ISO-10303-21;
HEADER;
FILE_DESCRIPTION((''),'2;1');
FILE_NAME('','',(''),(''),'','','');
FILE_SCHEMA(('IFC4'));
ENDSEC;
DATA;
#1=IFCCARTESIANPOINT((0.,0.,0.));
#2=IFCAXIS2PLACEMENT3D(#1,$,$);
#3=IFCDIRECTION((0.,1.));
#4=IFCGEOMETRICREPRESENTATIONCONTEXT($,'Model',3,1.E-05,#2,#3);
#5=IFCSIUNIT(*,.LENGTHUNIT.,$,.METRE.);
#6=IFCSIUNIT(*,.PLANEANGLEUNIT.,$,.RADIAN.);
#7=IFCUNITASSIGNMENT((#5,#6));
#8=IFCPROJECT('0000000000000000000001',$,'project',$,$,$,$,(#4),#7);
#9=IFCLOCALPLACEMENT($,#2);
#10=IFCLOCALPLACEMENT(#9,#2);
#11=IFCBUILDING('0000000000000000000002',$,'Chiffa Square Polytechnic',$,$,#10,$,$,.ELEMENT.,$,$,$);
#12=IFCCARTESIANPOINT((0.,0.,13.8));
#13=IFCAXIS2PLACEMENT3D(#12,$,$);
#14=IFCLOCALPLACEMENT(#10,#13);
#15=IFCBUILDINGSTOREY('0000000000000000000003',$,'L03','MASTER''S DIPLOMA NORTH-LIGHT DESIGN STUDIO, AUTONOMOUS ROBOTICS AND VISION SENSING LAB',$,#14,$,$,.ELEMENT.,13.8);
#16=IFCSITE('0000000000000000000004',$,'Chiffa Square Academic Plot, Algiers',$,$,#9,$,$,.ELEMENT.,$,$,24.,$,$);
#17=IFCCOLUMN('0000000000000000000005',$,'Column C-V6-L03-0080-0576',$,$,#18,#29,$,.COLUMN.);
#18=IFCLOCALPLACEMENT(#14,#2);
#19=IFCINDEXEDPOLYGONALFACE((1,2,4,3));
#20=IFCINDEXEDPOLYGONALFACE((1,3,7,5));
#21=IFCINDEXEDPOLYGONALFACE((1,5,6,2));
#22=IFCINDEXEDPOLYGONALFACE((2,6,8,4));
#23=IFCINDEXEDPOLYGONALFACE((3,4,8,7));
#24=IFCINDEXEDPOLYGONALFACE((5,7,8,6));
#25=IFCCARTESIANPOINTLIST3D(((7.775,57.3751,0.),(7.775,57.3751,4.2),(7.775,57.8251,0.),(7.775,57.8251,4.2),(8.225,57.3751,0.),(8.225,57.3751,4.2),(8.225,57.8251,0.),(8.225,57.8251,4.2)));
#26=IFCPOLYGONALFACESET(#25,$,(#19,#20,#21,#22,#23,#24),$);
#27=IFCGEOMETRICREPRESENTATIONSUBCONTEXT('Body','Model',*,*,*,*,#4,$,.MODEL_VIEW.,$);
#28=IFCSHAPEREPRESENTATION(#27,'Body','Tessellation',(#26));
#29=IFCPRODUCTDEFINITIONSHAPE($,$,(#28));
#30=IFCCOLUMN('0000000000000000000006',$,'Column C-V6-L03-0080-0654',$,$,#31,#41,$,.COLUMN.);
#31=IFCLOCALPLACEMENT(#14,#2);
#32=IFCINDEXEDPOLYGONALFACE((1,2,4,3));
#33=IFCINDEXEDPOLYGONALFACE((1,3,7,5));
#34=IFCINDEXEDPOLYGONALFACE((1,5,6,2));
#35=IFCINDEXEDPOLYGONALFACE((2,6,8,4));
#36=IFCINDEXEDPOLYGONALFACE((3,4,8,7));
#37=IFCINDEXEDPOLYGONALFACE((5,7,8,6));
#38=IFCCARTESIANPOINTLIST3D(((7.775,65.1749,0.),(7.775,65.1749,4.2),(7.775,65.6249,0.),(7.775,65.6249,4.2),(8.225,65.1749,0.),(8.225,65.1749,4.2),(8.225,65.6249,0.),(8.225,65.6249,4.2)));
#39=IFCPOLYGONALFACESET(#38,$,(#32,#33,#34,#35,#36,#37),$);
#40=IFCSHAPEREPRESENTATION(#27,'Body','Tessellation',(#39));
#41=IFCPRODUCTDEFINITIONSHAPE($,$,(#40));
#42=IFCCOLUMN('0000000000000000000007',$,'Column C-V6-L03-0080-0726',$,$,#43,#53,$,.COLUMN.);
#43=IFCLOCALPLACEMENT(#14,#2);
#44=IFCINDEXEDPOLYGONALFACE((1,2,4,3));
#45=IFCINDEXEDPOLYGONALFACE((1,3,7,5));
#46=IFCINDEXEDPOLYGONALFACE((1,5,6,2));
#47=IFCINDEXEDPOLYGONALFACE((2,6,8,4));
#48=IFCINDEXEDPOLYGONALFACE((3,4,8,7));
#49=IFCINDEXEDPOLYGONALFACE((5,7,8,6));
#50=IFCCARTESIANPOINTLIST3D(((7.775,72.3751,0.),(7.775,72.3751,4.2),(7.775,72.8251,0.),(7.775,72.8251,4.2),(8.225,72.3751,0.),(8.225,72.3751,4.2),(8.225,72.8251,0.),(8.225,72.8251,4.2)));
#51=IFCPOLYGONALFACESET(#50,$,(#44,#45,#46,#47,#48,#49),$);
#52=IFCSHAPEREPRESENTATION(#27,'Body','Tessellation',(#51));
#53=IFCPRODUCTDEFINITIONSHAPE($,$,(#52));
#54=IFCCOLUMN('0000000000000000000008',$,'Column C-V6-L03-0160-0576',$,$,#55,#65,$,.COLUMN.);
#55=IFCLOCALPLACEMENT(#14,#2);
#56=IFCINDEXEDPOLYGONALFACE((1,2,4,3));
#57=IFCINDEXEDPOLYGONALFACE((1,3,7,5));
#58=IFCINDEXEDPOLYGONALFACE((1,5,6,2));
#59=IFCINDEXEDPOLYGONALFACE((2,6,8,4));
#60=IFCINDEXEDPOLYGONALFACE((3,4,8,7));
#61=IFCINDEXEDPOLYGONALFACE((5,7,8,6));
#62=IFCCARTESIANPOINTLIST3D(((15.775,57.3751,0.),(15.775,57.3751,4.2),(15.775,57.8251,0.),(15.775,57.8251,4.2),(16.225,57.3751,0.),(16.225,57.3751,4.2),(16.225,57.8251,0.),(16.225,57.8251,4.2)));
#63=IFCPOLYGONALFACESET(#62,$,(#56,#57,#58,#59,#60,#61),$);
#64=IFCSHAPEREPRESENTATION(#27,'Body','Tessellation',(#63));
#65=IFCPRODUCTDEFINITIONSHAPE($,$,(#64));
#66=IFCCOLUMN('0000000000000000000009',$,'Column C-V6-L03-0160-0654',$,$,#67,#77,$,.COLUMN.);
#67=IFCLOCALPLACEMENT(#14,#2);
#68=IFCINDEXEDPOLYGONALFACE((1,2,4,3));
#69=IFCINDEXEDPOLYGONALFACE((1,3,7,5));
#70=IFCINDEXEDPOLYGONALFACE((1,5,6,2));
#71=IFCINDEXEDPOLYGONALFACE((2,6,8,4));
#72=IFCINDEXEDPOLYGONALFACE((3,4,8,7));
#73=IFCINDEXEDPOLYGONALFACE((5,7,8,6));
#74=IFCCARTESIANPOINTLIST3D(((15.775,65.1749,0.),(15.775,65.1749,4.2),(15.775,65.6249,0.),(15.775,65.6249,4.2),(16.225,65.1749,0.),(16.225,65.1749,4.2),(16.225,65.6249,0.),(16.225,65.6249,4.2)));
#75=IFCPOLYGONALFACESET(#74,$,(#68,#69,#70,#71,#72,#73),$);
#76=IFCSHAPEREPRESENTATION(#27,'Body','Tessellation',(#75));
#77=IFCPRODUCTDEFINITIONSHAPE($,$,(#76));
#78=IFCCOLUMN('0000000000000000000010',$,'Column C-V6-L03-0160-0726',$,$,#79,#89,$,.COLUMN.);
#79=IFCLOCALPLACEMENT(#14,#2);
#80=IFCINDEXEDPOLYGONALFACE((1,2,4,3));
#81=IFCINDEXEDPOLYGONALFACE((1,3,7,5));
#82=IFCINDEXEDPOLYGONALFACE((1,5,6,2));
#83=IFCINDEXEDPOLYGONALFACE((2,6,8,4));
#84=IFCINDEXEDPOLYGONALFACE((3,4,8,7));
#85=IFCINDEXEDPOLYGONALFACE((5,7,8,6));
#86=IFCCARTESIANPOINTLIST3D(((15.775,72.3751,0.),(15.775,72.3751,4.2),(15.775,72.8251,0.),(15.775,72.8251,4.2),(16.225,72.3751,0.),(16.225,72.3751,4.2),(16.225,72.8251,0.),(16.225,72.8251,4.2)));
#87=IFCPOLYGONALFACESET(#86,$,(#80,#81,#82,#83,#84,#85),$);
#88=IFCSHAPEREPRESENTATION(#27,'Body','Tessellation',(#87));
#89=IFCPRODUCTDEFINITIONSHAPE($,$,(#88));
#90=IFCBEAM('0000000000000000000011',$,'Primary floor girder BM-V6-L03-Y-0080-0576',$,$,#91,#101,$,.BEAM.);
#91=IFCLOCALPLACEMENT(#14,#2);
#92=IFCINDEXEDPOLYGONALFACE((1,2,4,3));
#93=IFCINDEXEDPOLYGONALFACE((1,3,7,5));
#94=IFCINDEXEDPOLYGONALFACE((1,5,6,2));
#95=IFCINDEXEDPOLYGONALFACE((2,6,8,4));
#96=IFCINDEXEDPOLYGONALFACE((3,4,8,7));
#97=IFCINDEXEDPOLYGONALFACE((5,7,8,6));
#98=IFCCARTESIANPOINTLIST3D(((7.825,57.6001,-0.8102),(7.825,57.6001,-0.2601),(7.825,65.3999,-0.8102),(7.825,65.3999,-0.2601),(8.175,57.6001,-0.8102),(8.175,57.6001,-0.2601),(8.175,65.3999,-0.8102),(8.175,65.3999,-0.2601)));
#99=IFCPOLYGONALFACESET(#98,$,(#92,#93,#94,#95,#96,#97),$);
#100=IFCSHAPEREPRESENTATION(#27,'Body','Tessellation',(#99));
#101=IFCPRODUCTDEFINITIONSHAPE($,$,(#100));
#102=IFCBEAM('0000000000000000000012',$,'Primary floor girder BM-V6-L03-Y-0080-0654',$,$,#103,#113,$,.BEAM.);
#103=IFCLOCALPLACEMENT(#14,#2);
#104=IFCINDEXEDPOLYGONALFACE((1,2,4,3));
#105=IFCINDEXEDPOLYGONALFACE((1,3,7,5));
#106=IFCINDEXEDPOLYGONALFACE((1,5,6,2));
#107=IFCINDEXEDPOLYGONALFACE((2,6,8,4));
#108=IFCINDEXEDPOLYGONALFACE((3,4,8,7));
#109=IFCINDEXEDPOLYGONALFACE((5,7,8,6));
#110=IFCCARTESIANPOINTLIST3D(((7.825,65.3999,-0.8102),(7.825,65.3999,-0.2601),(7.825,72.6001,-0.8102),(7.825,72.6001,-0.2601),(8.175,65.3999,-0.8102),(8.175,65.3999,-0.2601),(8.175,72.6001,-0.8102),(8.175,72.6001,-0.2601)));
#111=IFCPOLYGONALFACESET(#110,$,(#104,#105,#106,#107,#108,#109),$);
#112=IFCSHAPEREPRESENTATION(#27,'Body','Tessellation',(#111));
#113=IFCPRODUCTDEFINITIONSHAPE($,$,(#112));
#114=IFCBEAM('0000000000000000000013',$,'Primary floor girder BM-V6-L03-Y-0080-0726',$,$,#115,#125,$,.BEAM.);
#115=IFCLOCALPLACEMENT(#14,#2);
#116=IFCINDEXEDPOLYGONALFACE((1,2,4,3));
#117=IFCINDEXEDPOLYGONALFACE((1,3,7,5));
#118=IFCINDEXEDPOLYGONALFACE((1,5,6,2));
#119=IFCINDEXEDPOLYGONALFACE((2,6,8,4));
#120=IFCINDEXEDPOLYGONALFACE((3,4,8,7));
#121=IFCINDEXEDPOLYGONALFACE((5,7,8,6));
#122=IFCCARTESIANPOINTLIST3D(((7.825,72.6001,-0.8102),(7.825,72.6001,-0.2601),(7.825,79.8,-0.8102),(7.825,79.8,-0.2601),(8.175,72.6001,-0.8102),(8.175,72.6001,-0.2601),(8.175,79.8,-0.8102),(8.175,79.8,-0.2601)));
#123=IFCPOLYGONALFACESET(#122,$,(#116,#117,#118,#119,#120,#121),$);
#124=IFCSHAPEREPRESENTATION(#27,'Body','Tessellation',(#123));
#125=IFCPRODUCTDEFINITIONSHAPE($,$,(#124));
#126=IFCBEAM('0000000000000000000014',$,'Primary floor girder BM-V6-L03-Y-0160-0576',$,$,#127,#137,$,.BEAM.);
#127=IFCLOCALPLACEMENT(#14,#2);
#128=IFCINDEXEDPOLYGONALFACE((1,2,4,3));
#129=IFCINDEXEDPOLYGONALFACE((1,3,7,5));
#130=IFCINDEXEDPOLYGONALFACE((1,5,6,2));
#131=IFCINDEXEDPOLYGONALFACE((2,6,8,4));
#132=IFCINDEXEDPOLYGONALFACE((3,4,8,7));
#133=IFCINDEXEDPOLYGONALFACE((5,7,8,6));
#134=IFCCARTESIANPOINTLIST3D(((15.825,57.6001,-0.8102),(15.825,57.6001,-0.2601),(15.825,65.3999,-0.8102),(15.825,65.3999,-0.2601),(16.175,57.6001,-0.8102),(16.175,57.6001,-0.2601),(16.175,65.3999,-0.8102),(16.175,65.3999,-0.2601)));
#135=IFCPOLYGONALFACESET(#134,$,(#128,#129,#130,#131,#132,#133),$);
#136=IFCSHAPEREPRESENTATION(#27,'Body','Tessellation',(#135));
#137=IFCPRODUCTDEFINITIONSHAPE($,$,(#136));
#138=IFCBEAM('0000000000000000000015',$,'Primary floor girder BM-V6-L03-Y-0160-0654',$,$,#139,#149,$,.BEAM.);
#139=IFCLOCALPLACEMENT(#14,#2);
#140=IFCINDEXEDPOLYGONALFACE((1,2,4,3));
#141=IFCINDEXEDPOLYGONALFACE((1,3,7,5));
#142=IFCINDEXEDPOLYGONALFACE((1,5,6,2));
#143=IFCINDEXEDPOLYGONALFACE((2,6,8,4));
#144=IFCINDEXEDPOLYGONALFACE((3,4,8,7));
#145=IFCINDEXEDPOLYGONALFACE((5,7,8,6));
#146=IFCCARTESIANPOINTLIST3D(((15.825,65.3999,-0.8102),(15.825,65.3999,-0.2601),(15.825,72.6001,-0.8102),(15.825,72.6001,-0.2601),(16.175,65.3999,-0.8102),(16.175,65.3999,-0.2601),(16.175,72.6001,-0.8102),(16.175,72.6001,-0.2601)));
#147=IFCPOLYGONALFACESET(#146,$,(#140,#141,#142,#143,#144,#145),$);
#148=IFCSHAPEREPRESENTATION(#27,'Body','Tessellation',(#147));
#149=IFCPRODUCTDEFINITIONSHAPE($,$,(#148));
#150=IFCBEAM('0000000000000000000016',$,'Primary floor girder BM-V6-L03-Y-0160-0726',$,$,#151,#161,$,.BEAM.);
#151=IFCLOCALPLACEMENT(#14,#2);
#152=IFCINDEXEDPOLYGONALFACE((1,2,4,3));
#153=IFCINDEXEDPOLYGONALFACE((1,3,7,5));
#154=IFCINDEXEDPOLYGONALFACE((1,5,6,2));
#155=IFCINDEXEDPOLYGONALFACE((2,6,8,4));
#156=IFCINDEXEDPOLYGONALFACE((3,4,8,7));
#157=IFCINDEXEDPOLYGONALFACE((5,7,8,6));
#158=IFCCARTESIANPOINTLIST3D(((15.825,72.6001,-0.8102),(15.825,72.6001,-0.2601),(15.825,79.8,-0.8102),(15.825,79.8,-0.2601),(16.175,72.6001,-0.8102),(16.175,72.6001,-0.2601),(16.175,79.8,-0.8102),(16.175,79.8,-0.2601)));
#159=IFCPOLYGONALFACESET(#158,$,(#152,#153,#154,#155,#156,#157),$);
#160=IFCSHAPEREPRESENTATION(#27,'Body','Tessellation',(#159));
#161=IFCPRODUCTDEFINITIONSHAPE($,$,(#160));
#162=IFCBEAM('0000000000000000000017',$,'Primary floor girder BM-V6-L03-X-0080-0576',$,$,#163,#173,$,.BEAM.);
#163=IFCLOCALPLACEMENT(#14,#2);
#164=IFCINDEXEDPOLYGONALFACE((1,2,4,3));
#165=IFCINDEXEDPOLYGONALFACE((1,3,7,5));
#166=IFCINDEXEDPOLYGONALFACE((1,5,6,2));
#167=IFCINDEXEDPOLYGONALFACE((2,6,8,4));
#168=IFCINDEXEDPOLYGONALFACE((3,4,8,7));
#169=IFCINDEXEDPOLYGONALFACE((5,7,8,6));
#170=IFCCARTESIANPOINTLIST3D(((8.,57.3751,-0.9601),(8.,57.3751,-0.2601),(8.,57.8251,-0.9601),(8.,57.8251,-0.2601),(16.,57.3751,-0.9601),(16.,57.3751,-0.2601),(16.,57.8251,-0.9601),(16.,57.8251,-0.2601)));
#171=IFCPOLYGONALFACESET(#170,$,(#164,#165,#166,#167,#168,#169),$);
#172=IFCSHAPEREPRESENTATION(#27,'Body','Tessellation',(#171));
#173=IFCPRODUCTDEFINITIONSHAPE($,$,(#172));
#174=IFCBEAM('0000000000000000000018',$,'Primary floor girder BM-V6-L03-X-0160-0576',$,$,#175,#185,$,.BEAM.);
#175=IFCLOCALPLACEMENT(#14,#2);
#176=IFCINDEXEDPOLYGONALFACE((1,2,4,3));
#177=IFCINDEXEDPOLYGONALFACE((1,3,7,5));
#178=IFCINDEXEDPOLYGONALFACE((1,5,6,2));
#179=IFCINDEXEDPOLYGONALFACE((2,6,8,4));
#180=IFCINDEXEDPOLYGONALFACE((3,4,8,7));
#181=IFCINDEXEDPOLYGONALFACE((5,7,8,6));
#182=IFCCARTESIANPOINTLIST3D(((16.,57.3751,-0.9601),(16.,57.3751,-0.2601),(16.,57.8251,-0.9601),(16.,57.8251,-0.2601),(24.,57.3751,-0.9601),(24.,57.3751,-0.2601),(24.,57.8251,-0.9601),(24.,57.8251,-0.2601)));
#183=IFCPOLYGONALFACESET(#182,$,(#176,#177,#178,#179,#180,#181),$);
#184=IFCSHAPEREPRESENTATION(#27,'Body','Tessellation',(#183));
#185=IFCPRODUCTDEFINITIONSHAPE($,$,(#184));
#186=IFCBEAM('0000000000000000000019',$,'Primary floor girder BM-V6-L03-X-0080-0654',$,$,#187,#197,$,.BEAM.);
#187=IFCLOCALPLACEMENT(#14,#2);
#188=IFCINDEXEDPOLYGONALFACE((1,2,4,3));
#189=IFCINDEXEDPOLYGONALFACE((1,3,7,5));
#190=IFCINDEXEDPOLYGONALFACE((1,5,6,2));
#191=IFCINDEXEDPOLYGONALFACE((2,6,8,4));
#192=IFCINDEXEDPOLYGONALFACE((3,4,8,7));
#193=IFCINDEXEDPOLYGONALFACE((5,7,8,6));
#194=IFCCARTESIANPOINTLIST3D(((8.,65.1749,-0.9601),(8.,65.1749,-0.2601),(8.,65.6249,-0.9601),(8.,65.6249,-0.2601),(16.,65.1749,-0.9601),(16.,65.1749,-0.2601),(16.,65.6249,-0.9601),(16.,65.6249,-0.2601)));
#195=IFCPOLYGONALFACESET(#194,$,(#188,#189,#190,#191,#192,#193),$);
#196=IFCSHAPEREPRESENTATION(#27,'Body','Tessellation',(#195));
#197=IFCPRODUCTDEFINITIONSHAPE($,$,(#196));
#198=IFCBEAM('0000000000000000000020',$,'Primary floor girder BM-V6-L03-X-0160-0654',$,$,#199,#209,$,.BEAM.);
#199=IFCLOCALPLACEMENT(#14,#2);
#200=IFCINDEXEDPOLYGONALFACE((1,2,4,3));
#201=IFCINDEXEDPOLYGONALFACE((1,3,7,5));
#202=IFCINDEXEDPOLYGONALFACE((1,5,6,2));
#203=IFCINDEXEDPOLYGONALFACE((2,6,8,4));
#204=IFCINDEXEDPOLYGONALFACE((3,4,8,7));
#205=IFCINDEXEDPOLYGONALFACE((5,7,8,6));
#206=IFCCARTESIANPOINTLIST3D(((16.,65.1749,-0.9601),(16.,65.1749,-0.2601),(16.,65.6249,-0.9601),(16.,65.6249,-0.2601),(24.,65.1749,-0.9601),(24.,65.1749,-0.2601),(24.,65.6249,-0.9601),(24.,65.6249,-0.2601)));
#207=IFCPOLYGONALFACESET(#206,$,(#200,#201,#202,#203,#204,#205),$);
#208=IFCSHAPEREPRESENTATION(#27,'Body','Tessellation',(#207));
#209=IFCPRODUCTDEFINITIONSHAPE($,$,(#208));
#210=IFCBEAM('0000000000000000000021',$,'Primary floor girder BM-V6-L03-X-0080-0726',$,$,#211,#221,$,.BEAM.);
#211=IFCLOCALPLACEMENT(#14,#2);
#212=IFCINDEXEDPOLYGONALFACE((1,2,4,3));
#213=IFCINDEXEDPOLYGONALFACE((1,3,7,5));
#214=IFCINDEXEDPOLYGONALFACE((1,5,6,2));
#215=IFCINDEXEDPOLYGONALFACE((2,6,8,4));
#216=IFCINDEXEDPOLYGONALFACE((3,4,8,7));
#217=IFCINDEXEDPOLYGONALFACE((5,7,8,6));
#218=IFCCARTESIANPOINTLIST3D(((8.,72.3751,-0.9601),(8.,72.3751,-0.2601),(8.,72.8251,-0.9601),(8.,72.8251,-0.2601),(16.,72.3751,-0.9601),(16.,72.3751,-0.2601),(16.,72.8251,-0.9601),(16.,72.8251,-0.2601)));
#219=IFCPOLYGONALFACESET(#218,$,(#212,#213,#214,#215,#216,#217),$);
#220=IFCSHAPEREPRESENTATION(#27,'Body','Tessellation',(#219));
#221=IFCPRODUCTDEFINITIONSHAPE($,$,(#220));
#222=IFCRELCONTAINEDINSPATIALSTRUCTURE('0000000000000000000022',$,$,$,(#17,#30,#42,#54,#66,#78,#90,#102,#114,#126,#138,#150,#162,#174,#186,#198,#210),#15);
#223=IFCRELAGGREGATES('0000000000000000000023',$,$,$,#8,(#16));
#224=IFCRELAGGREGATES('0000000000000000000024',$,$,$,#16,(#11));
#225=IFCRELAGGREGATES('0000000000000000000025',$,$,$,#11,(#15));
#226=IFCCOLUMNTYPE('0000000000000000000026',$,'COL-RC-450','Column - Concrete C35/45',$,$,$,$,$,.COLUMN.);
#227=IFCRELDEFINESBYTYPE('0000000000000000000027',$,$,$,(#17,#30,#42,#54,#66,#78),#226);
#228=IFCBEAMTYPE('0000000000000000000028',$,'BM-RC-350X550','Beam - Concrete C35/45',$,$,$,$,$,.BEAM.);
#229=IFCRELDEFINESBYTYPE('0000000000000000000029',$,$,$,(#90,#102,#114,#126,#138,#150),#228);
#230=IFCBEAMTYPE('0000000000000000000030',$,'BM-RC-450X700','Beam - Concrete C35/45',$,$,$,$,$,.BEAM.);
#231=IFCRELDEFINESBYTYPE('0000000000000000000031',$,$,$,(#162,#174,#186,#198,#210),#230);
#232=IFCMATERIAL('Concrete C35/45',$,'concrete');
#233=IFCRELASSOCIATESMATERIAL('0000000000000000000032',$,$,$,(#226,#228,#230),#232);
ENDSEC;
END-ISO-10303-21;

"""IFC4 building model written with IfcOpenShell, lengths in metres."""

from ifc_helpers import new_model, si_unit, direction, frame, origin, origin_2d, place, context, subcontext, project, spatial, rectangle, extrude, material, material_profile, profile_set, type_object, element, save


model = new_model("IFC4")

# Units and contexts
model_context = context("Model", 3, precision=1e-05, world=origin(), true_north=direction((0.0, 1.0)))
body_context = subcontext(model_context, "Body", "Model", "MODEL_VIEW")
ifc_project = project(units=[si_unit("LENGTHUNIT", "METRE"), si_unit("PLANEANGLEUNIT", "RADIAN")], contexts=[model_context])

# Site, building, storey
site_placement = place(None, origin())
site = spatial("IfcSite", under=ifc_project, at=site_placement, Name="Chiffa Square Academic Plot, Algiers", CompositionType="ELEMENT", RefElevation=24.0)
building_placement = place(site_placement, origin())
building = spatial("IfcBuilding", under=site, at=building_placement, Name="Chiffa Square Polytechnic", CompositionType="ELEMENT")
storey_placement = place(building_placement, frame((0.0, 0.0, 13.8)))
storey = spatial("IfcBuildingStorey", under=building, at=storey_placement, Name="L03", Description="MASTER'S DIPLOMA NORTH-LIGHT DESIGN STUDIO, AUTONOMOUS ROBOTICS AND VISION SENSING LAB", CompositionType="ELEMENT", Elevation=13.8)

# Columns
ifc_material_1 = material(Name="Concrete C35/45", Category="concrete")
ifc_material_profile_1 = material_profile(ifc_material_1, rectangle(XDim=0.45, YDim=0.45, at=origin_2d()), Name="RC 450x450")
ifc_profile_set_1 = profile_set([ifc_material_profile_1], Name="Concrete C35/45")
column_type = type_object("IfcColumnType", Name="COL-RC-450", Description="Column - Concrete C35/45", PredefinedType="COLUMN", material=ifc_profile_set_1)
for number, where, z_axis, x_axis, name in (
    (1, (8.0, 57.6001, 0.0), (0.0, 0.0, 1.0), (1.0, 0.0, 0.0), "Column C-V6-L03-0080-0576"),
    (2, (8.0, 65.3999, 0.0), (0.0, 0.0, 1.0), (1.0, 0.0, 0.0), "Column C-V6-L03-0080-0654"),
    (3, (8.0, 72.6001, 0.0), (0.0, 0.0, 1.0), (1.0, 0.0, 0.0), "Column C-V6-L03-0080-0726"),
    (4, (16.0, 57.6001, 0.0), (0.0, 0.0, 1.0), (1.0, 0.0, 0.0), "Column C-V6-L03-0160-0576"),
    (5, (16.0, 65.3999, 0.0), (0.0, 0.0, 1.0), (1.0, 0.0, 0.0), "Column C-V6-L03-0160-0654"),
    (6, (16.0, 72.6001, 0.0), (0.0, 0.0, 1.0), (1.0, 0.0, 0.0), "Column C-V6-L03-0160-0726"),
):
    element("IfcColumn", number, at=place(storey_placement, frame(where, z_axis=z_axis, x_axis=x_axis)), inside=storey, type_object=column_type, Name=name, PredefinedType="COLUMN", context=body_context, shape_type="SweptSolid", body=[
        extrude(rectangle(XDim=0.45, YDim=0.45, at=origin_2d()), origin(), (0.0, 0.0, 1.0), 4.2),
    ])

# Beams
ifc_material_profile_2 = material_profile(ifc_material_1, rectangle(XDim=0.3501, YDim=0.55, at=origin_2d()), Name="RC 350x550")
ifc_profile_set_2 = profile_set([ifc_material_profile_2], Name="Concrete C35/45")
beam_type_1 = type_object("IfcBeamType", Name="BM-RC-350X550", Description="Beam - Concrete C35/45", PredefinedType="BEAM", material=ifc_profile_set_2)
beam_1_placement = place(storey_placement, frame((8.0, 57.6001, -0.5352), z_axis=(0.0, 1.0, 0.0), x_axis=(-1.0, 0.0, 0.0)))
element("IfcBeam", 7, at=beam_1_placement, inside=storey, type_object=beam_type_1, Name="Primary floor girder BM-V6-L03-Y-0080-0576", PredefinedType="BEAM", context=body_context, shape_type="SweptSolid", body=[
    extrude(rectangle(XDim=0.3501, YDim=0.55, at=origin_2d()), origin(), (0.0, 0.0, 1.0), 7.7998),
])
beam_2_placement = place(storey_placement, frame((8.0, 65.3999, -0.5352), z_axis=(0.0, 1.0, 0.0), x_axis=(-1.0, 0.0, 0.0)))
element("IfcBeam", 8, at=beam_2_placement, inside=storey, type_object=beam_type_1, Name="Primary floor girder BM-V6-L03-Y-0080-0654", PredefinedType="BEAM", context=body_context, shape_type="SweptSolid", body=[
    extrude(rectangle(XDim=0.3501, YDim=0.55, at=origin_2d()), origin(), (0.0, 0.0, 1.0), 7.2002),
])
beam_3_placement = place(storey_placement, frame((8.0, 72.6001, -0.5352), z_axis=(0.0, 1.0, 0.0), x_axis=(-1.0, 0.0, 0.0)))
element("IfcBeam", 9, at=beam_3_placement, inside=storey, type_object=beam_type_1, Name="Primary floor girder BM-V6-L03-Y-0080-0726", PredefinedType="BEAM", context=body_context, shape_type="SweptSolid", body=[
    extrude(rectangle(XDim=0.3501, YDim=0.55, at=origin_2d()), origin(), (0.0, 0.0, 1.0), 7.2),
])
beam_4_placement = place(storey_placement, frame((16.0, 57.6001, -0.5352), z_axis=(0.0, 1.0, 0.0), x_axis=(-1.0, 0.0, 0.0)))
element("IfcBeam", 10, at=beam_4_placement, inside=storey, type_object=beam_type_1, Name="Primary floor girder BM-V6-L03-Y-0160-0576", PredefinedType="BEAM", context=body_context, shape_type="SweptSolid", body=[
    extrude(rectangle(XDim=0.3501, YDim=0.55, at=origin_2d()), origin(), (0.0, 0.0, 1.0), 7.7998),
])
beam_5_placement = place(storey_placement, frame((16.0, 65.3999, -0.5352), z_axis=(0.0, 1.0, 0.0), x_axis=(-1.0, 0.0, 0.0)))
element("IfcBeam", 11, at=beam_5_placement, inside=storey, type_object=beam_type_1, Name="Primary floor girder BM-V6-L03-Y-0160-0654", PredefinedType="BEAM", context=body_context, shape_type="SweptSolid", body=[
    extrude(rectangle(XDim=0.3501, YDim=0.55, at=origin_2d()), origin(), (0.0, 0.0, 1.0), 7.2002),
])
beam_6_placement = place(storey_placement, frame((16.0, 72.6001, -0.5352), z_axis=(0.0, 1.0, 0.0), x_axis=(-1.0, 0.0, 0.0)))
element("IfcBeam", 12, at=beam_6_placement, inside=storey, type_object=beam_type_1, Name="Primary floor girder BM-V6-L03-Y-0160-0726", PredefinedType="BEAM", context=body_context, shape_type="SweptSolid", body=[
    extrude(rectangle(XDim=0.3501, YDim=0.55, at=origin_2d()), origin(), (0.0, 0.0, 1.0), 7.2),
])
ifc_material_profile_3 = material_profile(ifc_material_1, rectangle(XDim=0.45, YDim=0.7, at=origin_2d()), Name="RC 450x700")
ifc_profile_set_3 = profile_set([ifc_material_profile_3], Name="Concrete C35/45")
beam_type_2 = type_object("IfcBeamType", Name="BM-RC-450X700", Description="Beam - Concrete C35/45", PredefinedType="BEAM", material=ifc_profile_set_3)
for number, where, z_axis, x_axis, name in (
    (13, (8.0, 57.6001, -0.6101), (1.0, 0.0, 0.0), (0.0, 1.0, 0.0), "Primary floor girder BM-V6-L03-X-0080-0576"),
    (14, (16.0, 57.6001, -0.6101), (1.0, 0.0, 0.0), (0.0, 1.0, 0.0), "Primary floor girder BM-V6-L03-X-0160-0576"),
    (15, (8.0, 65.3999, -0.6101), (1.0, 0.0, 0.0), (0.0, 1.0, 0.0), "Primary floor girder BM-V6-L03-X-0080-0654"),
    (16, (16.0, 65.3999, -0.6101), (1.0, 0.0, 0.0), (0.0, 1.0, 0.0), "Primary floor girder BM-V6-L03-X-0160-0654"),
    (17, (8.0, 72.6001, -0.6101), (1.0, 0.0, 0.0), (0.0, 1.0, 0.0), "Primary floor girder BM-V6-L03-X-0080-0726"),
):
    element("IfcBeam", number, at=place(storey_placement, frame(where, z_axis=z_axis, x_axis=x_axis)), inside=storey, type_object=beam_type_2, Name=name, PredefinedType="BEAM", context=body_context, shape_type="SweptSolid", body=[
        extrude(rectangle(XDim=0.45, YDim=0.7, at=origin_2d()), origin(), (0.0, 0.0, 1.0), 8.0),
    ])

save(model, "model.ifc")
